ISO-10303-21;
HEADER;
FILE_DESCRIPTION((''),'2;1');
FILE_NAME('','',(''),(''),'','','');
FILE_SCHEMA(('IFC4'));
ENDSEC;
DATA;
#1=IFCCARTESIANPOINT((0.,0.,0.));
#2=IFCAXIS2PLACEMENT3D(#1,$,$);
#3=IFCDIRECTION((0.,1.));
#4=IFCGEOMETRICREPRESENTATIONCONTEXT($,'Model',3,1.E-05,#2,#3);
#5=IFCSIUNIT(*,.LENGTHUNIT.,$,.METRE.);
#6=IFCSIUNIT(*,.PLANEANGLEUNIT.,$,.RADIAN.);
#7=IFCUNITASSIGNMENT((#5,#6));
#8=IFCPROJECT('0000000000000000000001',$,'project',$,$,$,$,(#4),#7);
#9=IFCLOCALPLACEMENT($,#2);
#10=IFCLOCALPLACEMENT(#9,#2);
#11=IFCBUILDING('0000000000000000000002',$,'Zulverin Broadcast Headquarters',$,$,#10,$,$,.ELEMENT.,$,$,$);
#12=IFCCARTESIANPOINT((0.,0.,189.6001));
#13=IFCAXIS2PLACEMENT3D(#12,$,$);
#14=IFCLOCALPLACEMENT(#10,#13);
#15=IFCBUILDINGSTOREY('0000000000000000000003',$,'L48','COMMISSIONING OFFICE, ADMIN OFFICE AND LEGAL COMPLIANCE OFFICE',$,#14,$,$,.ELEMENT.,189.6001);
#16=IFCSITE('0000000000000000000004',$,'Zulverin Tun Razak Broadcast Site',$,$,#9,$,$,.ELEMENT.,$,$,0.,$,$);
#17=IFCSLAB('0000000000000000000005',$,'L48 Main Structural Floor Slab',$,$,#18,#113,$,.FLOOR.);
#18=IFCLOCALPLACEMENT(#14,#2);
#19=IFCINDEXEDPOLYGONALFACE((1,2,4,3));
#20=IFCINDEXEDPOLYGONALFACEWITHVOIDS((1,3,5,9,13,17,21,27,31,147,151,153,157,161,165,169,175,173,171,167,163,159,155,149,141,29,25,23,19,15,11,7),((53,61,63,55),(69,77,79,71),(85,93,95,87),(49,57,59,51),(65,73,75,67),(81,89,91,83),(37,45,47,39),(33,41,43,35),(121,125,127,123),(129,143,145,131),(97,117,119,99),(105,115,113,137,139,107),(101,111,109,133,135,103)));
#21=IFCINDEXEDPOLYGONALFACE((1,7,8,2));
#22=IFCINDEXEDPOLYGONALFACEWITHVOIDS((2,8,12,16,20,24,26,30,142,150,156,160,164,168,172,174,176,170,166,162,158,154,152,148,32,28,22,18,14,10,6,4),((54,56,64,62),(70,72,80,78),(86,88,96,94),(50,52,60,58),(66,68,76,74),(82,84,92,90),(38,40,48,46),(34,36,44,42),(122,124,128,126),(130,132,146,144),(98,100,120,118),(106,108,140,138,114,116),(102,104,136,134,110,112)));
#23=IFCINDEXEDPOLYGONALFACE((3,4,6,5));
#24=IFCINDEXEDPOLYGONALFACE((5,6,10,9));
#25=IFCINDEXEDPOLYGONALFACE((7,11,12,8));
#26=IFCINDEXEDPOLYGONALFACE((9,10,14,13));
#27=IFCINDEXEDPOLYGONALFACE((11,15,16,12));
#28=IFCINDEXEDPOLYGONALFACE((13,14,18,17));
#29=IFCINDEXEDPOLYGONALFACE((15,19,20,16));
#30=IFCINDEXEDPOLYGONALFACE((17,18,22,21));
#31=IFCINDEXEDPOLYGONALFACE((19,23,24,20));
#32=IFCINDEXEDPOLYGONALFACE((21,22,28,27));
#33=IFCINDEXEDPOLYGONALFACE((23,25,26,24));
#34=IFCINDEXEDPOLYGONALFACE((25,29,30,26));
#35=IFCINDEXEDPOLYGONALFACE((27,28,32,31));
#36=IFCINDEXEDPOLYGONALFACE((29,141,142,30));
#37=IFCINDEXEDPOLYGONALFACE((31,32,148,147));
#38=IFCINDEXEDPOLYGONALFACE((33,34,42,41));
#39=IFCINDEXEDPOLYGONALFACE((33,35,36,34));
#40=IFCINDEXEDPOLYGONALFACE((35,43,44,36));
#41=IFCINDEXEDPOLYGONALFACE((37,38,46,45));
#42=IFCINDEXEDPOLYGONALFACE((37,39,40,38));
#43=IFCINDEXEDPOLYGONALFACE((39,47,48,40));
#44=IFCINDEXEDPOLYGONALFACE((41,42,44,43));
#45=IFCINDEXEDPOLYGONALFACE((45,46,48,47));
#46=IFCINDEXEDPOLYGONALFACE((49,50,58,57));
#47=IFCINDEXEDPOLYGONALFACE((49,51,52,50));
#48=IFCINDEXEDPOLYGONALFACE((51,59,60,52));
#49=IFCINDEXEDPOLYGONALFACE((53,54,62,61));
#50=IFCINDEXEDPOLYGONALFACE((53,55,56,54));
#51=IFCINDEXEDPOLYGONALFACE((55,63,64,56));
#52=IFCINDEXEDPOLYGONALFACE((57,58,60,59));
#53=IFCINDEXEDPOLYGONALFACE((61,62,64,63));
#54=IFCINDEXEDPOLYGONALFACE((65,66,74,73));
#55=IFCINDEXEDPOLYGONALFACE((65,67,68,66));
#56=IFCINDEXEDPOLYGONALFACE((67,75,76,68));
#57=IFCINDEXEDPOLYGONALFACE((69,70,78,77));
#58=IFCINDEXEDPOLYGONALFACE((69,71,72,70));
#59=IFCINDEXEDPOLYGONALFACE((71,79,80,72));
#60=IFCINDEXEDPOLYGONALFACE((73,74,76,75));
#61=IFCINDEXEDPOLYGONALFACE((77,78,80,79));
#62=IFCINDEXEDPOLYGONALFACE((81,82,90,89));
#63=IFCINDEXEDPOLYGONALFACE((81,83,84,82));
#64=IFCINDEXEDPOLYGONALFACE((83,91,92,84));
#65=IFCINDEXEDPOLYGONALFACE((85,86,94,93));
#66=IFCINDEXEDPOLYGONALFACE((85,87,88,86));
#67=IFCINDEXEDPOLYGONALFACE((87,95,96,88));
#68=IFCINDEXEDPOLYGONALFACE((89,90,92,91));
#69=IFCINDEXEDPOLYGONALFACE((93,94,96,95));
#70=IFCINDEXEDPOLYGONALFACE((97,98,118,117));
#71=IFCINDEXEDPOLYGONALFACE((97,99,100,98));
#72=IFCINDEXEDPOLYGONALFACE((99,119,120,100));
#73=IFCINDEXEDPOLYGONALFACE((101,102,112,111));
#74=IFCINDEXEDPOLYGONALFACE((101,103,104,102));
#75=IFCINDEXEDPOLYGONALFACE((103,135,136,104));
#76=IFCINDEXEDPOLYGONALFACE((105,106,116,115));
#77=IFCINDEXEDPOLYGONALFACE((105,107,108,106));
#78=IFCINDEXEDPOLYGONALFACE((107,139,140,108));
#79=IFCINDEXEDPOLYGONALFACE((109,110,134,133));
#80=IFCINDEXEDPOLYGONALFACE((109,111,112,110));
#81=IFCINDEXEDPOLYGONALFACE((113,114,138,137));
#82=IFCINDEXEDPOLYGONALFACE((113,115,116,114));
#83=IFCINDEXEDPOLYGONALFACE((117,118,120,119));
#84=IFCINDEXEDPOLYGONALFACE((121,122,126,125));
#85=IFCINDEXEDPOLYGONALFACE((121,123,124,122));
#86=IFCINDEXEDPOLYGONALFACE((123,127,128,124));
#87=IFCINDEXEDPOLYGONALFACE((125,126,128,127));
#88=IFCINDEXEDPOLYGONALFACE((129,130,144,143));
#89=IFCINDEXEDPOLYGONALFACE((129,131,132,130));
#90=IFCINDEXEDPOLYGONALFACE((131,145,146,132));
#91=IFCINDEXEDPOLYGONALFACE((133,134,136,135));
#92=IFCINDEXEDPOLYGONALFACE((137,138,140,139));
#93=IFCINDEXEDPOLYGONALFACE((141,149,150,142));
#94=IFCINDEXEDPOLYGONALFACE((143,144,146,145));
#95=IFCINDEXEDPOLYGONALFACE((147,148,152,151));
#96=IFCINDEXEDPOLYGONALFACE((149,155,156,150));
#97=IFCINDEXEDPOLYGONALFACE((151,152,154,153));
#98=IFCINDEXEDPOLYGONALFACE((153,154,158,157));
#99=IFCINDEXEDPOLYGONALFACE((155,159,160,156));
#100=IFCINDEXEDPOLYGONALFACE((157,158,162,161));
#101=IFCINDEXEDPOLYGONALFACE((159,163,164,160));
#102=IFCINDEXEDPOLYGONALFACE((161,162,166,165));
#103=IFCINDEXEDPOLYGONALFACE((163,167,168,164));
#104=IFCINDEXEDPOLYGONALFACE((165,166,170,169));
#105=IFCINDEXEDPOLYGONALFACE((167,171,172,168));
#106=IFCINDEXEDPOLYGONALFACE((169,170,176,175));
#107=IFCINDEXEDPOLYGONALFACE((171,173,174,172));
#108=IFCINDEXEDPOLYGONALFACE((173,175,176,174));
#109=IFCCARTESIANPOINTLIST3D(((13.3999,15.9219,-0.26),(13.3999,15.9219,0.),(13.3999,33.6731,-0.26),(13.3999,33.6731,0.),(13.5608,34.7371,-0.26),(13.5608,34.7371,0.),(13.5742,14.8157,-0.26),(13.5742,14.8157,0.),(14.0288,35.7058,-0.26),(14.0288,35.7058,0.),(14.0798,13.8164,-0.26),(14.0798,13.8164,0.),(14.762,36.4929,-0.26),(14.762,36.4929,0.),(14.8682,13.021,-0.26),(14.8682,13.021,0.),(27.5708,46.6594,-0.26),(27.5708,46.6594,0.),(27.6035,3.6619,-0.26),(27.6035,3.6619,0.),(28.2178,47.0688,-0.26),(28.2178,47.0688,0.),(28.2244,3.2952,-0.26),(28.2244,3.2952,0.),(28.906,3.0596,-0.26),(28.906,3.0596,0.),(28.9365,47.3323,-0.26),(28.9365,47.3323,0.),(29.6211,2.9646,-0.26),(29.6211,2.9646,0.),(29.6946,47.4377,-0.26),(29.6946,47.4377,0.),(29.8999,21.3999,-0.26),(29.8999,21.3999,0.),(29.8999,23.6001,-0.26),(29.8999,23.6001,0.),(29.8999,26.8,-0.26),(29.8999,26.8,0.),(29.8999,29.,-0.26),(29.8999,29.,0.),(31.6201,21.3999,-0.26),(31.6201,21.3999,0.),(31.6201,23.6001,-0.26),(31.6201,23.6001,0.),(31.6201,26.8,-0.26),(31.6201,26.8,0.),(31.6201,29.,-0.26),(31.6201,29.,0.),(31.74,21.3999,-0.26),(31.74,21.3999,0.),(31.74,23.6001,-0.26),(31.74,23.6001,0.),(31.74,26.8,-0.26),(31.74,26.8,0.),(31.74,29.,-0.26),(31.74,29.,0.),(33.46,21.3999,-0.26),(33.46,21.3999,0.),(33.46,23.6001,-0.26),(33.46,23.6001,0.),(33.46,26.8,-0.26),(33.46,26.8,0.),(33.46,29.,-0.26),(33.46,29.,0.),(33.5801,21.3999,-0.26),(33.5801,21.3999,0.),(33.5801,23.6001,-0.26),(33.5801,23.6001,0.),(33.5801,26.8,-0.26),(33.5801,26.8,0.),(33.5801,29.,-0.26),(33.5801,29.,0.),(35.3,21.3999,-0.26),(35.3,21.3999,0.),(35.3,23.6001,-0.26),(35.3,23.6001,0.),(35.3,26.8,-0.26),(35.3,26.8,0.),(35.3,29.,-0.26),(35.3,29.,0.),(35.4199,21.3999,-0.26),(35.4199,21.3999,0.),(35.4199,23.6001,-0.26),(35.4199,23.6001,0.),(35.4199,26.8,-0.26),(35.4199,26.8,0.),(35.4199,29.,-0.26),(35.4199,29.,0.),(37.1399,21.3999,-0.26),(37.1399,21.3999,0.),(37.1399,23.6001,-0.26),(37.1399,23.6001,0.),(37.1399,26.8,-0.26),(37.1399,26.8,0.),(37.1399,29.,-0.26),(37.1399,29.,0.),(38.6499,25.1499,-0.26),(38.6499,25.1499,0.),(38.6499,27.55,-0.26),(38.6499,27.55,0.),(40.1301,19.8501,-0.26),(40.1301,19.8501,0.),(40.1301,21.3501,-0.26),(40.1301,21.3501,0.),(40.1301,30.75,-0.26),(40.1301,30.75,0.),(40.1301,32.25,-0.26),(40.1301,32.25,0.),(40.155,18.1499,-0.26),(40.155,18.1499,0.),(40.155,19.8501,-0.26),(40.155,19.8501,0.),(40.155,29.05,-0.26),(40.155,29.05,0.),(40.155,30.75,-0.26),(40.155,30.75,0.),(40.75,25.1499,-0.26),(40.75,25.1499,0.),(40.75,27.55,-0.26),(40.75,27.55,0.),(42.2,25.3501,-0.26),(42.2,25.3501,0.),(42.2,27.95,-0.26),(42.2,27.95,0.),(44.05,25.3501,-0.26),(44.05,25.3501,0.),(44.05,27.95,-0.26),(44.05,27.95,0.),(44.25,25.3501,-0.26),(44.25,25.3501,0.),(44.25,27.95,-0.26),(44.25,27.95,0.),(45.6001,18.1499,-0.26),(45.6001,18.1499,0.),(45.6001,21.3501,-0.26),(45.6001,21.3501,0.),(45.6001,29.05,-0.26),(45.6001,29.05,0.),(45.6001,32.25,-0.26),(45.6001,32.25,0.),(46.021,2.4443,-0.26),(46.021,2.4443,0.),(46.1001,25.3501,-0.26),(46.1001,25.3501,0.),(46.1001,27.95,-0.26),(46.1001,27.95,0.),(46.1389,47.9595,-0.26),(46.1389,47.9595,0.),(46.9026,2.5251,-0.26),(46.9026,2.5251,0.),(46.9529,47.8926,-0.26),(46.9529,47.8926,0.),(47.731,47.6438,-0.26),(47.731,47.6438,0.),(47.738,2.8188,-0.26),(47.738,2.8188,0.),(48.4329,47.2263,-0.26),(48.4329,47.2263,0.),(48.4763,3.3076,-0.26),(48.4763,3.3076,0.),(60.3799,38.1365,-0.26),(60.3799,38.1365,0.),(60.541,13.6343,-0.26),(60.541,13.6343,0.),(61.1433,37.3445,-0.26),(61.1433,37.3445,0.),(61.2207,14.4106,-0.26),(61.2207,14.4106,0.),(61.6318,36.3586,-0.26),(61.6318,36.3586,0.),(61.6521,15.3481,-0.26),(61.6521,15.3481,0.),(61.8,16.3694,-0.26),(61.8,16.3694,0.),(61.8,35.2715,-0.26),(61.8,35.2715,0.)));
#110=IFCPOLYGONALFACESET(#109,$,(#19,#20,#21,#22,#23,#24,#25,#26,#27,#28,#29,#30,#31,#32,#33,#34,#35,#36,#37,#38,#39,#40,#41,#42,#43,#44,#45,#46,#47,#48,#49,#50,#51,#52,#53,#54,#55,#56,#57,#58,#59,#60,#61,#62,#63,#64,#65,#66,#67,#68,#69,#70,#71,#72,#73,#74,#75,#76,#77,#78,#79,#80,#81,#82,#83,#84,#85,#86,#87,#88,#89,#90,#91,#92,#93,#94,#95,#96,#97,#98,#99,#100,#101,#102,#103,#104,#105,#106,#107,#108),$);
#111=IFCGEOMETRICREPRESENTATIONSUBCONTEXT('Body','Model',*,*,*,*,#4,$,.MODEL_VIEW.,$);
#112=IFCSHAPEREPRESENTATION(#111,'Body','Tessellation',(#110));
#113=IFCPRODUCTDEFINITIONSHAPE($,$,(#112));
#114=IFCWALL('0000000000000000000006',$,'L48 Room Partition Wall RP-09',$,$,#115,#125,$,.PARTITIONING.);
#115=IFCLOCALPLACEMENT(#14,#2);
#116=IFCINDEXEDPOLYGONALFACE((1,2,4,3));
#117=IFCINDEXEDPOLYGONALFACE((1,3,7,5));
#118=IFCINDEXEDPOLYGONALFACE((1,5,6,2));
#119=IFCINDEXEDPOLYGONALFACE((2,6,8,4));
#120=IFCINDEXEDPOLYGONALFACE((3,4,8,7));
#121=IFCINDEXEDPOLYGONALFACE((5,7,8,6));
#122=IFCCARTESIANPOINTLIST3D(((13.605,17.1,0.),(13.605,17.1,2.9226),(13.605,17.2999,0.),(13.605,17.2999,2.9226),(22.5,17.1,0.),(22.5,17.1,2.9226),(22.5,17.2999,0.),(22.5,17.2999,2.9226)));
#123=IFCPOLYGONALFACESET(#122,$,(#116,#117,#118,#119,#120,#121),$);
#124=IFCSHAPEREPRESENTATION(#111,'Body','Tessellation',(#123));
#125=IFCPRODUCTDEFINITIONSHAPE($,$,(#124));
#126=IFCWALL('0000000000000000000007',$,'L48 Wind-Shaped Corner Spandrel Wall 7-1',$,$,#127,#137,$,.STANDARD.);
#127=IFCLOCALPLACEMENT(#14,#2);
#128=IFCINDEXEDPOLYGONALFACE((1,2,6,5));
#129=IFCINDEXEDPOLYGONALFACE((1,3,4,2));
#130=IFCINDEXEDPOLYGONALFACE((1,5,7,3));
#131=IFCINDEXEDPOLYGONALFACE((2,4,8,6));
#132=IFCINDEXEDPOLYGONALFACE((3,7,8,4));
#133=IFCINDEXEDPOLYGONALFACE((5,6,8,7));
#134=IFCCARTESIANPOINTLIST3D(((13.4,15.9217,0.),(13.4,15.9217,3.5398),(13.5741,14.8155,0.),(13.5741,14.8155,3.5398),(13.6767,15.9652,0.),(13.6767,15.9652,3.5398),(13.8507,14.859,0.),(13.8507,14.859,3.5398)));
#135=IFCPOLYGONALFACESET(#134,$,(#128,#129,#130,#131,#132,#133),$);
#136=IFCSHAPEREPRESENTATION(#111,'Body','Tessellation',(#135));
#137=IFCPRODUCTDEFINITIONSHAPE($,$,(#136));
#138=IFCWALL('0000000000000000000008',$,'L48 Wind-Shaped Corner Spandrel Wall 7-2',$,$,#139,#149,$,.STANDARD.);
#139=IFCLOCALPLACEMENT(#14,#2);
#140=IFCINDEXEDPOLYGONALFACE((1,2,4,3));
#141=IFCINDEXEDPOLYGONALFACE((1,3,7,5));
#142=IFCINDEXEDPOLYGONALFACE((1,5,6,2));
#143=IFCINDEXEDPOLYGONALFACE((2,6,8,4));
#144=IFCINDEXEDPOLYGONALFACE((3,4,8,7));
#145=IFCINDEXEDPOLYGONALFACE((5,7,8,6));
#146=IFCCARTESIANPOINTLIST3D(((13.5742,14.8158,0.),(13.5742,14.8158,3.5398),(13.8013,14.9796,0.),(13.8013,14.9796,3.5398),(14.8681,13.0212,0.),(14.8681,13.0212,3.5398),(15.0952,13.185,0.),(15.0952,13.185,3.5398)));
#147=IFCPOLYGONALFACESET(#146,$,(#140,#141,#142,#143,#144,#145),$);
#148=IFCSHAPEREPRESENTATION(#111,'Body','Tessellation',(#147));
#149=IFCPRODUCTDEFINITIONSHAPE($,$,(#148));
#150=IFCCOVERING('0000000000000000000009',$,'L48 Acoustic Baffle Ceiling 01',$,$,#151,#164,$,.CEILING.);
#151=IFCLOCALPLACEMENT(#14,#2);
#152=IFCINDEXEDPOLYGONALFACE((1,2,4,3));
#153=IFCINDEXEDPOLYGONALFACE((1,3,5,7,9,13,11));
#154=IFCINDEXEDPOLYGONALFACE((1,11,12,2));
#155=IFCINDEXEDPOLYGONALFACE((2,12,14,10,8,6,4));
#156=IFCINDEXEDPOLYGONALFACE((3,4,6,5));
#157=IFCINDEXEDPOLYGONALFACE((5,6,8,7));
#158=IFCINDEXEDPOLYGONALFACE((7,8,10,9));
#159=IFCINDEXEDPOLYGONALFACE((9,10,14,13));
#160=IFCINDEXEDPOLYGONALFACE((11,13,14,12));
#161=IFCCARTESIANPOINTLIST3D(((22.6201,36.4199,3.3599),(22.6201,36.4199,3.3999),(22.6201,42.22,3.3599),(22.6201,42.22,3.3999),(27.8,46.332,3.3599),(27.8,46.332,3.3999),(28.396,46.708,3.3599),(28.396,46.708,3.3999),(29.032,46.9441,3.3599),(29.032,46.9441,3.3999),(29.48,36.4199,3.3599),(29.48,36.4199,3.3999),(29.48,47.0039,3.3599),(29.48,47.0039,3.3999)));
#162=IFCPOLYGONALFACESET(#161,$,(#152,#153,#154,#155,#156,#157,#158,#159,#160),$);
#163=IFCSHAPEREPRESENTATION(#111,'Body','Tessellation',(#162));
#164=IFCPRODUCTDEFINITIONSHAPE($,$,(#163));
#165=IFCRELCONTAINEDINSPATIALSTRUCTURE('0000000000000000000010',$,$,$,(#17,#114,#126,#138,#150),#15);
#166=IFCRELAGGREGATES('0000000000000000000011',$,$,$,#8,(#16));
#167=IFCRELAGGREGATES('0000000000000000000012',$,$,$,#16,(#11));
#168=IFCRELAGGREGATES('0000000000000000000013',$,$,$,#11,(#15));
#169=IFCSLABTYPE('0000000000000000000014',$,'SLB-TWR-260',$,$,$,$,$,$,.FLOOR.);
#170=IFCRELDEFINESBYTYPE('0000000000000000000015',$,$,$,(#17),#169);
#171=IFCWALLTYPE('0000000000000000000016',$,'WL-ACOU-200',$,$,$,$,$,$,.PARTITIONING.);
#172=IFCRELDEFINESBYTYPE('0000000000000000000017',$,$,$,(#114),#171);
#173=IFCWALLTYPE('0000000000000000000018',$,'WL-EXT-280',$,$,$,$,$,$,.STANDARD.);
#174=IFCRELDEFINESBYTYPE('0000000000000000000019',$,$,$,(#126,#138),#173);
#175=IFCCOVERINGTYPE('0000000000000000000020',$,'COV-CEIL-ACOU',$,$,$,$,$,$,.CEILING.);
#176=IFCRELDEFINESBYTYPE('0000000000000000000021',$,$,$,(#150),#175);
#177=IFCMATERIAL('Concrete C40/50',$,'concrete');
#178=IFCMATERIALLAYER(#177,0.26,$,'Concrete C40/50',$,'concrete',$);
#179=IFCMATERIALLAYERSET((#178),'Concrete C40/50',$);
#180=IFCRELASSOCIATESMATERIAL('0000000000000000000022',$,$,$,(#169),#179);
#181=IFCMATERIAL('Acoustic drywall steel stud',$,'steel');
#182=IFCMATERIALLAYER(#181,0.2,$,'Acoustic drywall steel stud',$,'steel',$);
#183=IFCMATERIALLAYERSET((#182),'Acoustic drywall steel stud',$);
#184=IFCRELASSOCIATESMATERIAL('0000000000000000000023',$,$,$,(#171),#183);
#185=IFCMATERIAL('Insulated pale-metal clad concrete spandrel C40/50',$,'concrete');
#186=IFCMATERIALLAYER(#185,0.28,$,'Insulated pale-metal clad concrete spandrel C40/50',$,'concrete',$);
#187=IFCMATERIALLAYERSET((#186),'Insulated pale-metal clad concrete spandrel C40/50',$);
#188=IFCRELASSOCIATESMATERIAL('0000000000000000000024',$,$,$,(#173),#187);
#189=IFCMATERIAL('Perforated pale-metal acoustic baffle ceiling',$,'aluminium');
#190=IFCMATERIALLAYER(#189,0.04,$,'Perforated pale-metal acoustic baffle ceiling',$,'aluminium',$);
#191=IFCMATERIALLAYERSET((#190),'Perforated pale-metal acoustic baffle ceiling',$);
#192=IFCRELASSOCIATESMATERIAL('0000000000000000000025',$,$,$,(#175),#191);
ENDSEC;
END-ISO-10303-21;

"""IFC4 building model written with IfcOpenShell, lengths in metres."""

from ifc_helpers import new_model, si_unit, direction, frame, frame_2d, origin, place, context, subcontext, project, spatial, polyline, rectangle, outline, extrude, material, layer, layer_set, type_object, element, save


model = new_model("IFC4")

# Units and contexts
model_context = context("Model", 3, precision=1e-05, world=origin(), true_north=direction((0.0, 1.0)))
body_context = subcontext(model_context, "Body", "Model", "MODEL_VIEW")
ifc_project = project(units=[si_unit("LENGTHUNIT", "METRE"), si_unit("PLANEANGLEUNIT", "RADIAN")], contexts=[model_context])

# Site, building, storey
site_placement = place(None, origin())
site = spatial("IfcSite", under=ifc_project, at=site_placement, Name="Zulverin Tun Razak Broadcast Site", CompositionType="ELEMENT", RefElevation=0.0)
building_placement = place(site_placement, origin())
building = spatial("IfcBuilding", under=site, at=building_placement, Name="Zulverin Broadcast Headquarters", CompositionType="ELEMENT")
storey_placement = place(building_placement, frame((0.0, 0.0, 189.6001)))
storey = spatial("IfcBuildingStorey", under=building, at=storey_placement, Name="L48", Description="COMMISSIONING OFFICE, ADMIN OFFICE AND LEGAL COMPLIANCE OFFICE", CompositionType="ELEMENT", Elevation=189.6001)

# Shared definitions
ifc_material_1 = material(Name="Concrete C40/50", Category="concrete")

# Slab
ifc_layer_1 = layer(ifc_material_1, 0.26, Name="Concrete C40/50", Category="concrete")
ifc_layer_set_1 = layer_set([ifc_layer_1], Name="Concrete C40/50")
slab_type_1 = type_object("IfcSlabType", Name="SLB-TWR-260", PredefinedType="FLOOR", material=ifc_layer_set_1)
slab_1_placement = place(storey_placement, frame((0.0, 0.0, -0.26)))
element("IfcSlab", 1, at=slab_1_placement, inside=storey, type_object=slab_type_1, Name="L48 Main Structural Floor Slab", PredefinedType="FLOOR", context=body_context, shape_type="SweptSolid", body=[
    extrude(outline(polyline([(27.6035, 3.6619), (28.2244, 3.2952), (28.906, 3.0596), (29.6211, 2.9646), (46.021, 2.4443), (46.9026, 2.5251), (47.738, 2.8188), (48.4763, 3.3076), (60.541, 13.6343), (61.2207, 14.4106), (61.6521, 15.3481), (61.8, 16.3694), (61.8, 35.2715), (61.6318, 36.3586), (61.1433, 37.3445), (60.3799, 38.1365), (48.4329, 47.2263), (47.731, 47.6438), (46.9529, 47.8926), (46.1389, 47.9595), (29.6946, 47.4377), (28.9365, 47.3323), (28.2178, 47.0688), (27.5708, 46.6594), (14.762, 36.4929), (14.0288, 35.7058), (13.5608, 34.7371), (13.3999, 33.6731), (13.3999, 15.9219), (13.5742, 14.8157), (14.0798, 13.8164), (14.8682, 13.021), (27.6035, 3.6619)]), holes=[polyline([(40.155, 30.75), (40.1301, 30.75), (40.1301, 32.25), (45.6001, 32.25), (45.6001, 29.05), (40.155, 29.05), (40.155, 30.75)]), polyline([(40.155, 19.8501), (40.1301, 19.8501), (40.1301, 21.3501), (45.6001, 21.3501), (45.6001, 18.1499), (40.155, 18.1499), (40.155, 19.8501)]), polyline([(29.8999, 21.3999), (31.6201, 21.3999), (31.6201, 23.6001), (29.8999, 23.6001), (29.8999, 21.3999)]), polyline([(31.74, 21.3999), (33.46, 21.3999), (33.46, 23.6001), (31.74, 23.6001), (31.74, 21.3999)]), polyline([(33.5801, 21.3999), (35.3, 21.3999), (35.3, 23.6001), (33.5801, 23.6001), (33.5801, 21.3999)]), polyline([(35.4199, 21.3999), (37.1399, 21.3999), (37.1399, 23.6001), (35.4199, 23.6001), (35.4199, 21.3999)]), polyline([(29.8999, 26.8), (31.6201, 26.8), (31.6201, 29.0), (29.8999, 29.0), (29.8999, 26.8)]), polyline([(31.74, 26.8), (33.46, 26.8), (33.46, 29.0), (31.74, 29.0), (31.74, 26.8)]), polyline([(33.5801, 26.8), (35.3, 26.8), (35.3, 29.0), (33.5801, 29.0), (33.5801, 26.8)]), polyline([(35.4199, 26.8), (37.1399, 26.8), (37.1399, 29.0), (35.4199, 29.0), (35.4199, 26.8)]), polyline([(42.2, 25.3501), (44.05, 25.3501), (44.05, 27.95), (42.2, 27.95), (42.2, 25.3501)]), polyline([(44.25, 25.3501), (46.1001, 25.3501), (46.1001, 27.95), (44.25, 27.95), (44.25, 25.3501)]), polyline([(38.6499, 25.1499), (40.75, 25.1499), (40.75, 27.55), (38.6499, 27.55), (38.6499, 25.1499)])]), origin(), (0.0, 0.0, 1.0), 0.26),
])

# Walls
ifc_material_2 = material(Name="Acoustic drywall steel stud", Category="steel")
ifc_layer_2 = layer(ifc_material_2, 0.2, Name="Acoustic drywall steel stud", Category="steel")
ifc_layer_set_2 = layer_set([ifc_layer_2], Name="Acoustic drywall steel stud")
wall_type_1 = type_object("IfcWallType", Name="WL-ACOU-200", PredefinedType="PARTITIONING", material=ifc_layer_set_2)
wall_1_placement = place(storey_placement, frame((13.605, 17.2, 0.0), z_axis=(0.0, 0.0, 1.0), x_axis=(1.0, 0.0, 0.0)))
element("IfcWall", 2, at=wall_1_placement, inside=storey, type_object=wall_type_1, Name="L48 Room Partition Wall RP-09", PredefinedType="PARTITIONING", context=body_context, shape_type="SweptSolid", body=[
    extrude(rectangle(XDim=8.895, YDim=0.2, at=frame_2d((4.4475, 0.0))), origin(), (0.0, 0.0, 1.0), 2.9226),
])
ifc_material_3 = material(Name="Insulated pale-metal clad concrete spandrel C40/50", Category="concrete")
ifc_layer_3 = layer(ifc_material_3, 0.28, Name="Insulated pale-metal clad concrete spandrel C40/50", Category="concrete")
ifc_layer_set_3 = layer_set([ifc_layer_3], Name="Insulated pale-metal clad concrete spandrel C40/50")
wall_type_2 = type_object("IfcWallType", Name="WL-EXT-280", PredefinedType="STANDARD", material=ifc_layer_set_3)
wall_2_placement = place(storey_placement, frame((13.5383, 15.9436, 0.0), z_axis=(0.0, 0.0, 1.0), x_axis=(0.155448, -0.987844, 0.0)))
element("IfcWall", 3, at=wall_2_placement, inside=storey, type_object=wall_type_2, Name="L48 Wind-Shaped Corner Spandrel Wall 7-1", PredefinedType="STANDARD", context=body_context, shape_type="SweptSolid", body=[
    extrude(rectangle(XDim=1.1199, YDim=0.28, at=frame_2d((0.5601, 0.0))), origin(), (0.0, 0.0, 1.0), 3.5398),
])
wall_3_placement = place(storey_placement, frame((13.6877, 14.8977, 0.0), z_axis=(0.0, 0.0, 1.0), x_axis=(0.584834, -0.811153, 0.0)))
element("IfcWall", 4, at=wall_3_placement, inside=storey, type_object=wall_type_2, Name="L48 Wind-Shaped Corner Spandrel Wall 7-2", PredefinedType="STANDARD", context=body_context, shape_type="SweptSolid", body=[
    extrude(rectangle(XDim=2.2124, YDim=0.28, at=frame_2d((1.1062, 0.0))), origin(), (0.0, 0.0, 1.0), 3.5398),
])

# Covering
ifc_material_4 = material(Name="Perforated pale-metal acoustic baffle ceiling", Category="aluminium")
ifc_layer_4 = layer(ifc_material_4, 0.04, Name="Perforated pale-metal acoustic baffle ceiling", Category="aluminium")
ifc_layer_set_4 = layer_set([ifc_layer_4], Name="Perforated pale-metal acoustic baffle ceiling")
covering_type_1 = type_object("IfcCoveringType", Name="COV-CEIL-ACOU", PredefinedType="CEILING", material=ifc_layer_set_4)
covering_1_placement = place(storey_placement, frame((0.0, 0.0, 3.3599)))
element("IfcCovering", 5, at=covering_1_placement, inside=storey, type_object=covering_type_1, Name="L48 Acoustic Baffle Ceiling 01", PredefinedType="CEILING", context=body_context, shape_type="SweptSolid", body=[
    extrude(outline(polyline([(22.6201, 36.4199), (29.48, 36.4199), (29.48, 47.0039), (29.032, 46.9441), (28.396, 46.708), (27.8, 46.332), (22.6201, 42.22), (22.6201, 36.4199)])), origin(), (0.0, 0.0, 1.0), 0.04),
])

save(model, "model.ifc")
